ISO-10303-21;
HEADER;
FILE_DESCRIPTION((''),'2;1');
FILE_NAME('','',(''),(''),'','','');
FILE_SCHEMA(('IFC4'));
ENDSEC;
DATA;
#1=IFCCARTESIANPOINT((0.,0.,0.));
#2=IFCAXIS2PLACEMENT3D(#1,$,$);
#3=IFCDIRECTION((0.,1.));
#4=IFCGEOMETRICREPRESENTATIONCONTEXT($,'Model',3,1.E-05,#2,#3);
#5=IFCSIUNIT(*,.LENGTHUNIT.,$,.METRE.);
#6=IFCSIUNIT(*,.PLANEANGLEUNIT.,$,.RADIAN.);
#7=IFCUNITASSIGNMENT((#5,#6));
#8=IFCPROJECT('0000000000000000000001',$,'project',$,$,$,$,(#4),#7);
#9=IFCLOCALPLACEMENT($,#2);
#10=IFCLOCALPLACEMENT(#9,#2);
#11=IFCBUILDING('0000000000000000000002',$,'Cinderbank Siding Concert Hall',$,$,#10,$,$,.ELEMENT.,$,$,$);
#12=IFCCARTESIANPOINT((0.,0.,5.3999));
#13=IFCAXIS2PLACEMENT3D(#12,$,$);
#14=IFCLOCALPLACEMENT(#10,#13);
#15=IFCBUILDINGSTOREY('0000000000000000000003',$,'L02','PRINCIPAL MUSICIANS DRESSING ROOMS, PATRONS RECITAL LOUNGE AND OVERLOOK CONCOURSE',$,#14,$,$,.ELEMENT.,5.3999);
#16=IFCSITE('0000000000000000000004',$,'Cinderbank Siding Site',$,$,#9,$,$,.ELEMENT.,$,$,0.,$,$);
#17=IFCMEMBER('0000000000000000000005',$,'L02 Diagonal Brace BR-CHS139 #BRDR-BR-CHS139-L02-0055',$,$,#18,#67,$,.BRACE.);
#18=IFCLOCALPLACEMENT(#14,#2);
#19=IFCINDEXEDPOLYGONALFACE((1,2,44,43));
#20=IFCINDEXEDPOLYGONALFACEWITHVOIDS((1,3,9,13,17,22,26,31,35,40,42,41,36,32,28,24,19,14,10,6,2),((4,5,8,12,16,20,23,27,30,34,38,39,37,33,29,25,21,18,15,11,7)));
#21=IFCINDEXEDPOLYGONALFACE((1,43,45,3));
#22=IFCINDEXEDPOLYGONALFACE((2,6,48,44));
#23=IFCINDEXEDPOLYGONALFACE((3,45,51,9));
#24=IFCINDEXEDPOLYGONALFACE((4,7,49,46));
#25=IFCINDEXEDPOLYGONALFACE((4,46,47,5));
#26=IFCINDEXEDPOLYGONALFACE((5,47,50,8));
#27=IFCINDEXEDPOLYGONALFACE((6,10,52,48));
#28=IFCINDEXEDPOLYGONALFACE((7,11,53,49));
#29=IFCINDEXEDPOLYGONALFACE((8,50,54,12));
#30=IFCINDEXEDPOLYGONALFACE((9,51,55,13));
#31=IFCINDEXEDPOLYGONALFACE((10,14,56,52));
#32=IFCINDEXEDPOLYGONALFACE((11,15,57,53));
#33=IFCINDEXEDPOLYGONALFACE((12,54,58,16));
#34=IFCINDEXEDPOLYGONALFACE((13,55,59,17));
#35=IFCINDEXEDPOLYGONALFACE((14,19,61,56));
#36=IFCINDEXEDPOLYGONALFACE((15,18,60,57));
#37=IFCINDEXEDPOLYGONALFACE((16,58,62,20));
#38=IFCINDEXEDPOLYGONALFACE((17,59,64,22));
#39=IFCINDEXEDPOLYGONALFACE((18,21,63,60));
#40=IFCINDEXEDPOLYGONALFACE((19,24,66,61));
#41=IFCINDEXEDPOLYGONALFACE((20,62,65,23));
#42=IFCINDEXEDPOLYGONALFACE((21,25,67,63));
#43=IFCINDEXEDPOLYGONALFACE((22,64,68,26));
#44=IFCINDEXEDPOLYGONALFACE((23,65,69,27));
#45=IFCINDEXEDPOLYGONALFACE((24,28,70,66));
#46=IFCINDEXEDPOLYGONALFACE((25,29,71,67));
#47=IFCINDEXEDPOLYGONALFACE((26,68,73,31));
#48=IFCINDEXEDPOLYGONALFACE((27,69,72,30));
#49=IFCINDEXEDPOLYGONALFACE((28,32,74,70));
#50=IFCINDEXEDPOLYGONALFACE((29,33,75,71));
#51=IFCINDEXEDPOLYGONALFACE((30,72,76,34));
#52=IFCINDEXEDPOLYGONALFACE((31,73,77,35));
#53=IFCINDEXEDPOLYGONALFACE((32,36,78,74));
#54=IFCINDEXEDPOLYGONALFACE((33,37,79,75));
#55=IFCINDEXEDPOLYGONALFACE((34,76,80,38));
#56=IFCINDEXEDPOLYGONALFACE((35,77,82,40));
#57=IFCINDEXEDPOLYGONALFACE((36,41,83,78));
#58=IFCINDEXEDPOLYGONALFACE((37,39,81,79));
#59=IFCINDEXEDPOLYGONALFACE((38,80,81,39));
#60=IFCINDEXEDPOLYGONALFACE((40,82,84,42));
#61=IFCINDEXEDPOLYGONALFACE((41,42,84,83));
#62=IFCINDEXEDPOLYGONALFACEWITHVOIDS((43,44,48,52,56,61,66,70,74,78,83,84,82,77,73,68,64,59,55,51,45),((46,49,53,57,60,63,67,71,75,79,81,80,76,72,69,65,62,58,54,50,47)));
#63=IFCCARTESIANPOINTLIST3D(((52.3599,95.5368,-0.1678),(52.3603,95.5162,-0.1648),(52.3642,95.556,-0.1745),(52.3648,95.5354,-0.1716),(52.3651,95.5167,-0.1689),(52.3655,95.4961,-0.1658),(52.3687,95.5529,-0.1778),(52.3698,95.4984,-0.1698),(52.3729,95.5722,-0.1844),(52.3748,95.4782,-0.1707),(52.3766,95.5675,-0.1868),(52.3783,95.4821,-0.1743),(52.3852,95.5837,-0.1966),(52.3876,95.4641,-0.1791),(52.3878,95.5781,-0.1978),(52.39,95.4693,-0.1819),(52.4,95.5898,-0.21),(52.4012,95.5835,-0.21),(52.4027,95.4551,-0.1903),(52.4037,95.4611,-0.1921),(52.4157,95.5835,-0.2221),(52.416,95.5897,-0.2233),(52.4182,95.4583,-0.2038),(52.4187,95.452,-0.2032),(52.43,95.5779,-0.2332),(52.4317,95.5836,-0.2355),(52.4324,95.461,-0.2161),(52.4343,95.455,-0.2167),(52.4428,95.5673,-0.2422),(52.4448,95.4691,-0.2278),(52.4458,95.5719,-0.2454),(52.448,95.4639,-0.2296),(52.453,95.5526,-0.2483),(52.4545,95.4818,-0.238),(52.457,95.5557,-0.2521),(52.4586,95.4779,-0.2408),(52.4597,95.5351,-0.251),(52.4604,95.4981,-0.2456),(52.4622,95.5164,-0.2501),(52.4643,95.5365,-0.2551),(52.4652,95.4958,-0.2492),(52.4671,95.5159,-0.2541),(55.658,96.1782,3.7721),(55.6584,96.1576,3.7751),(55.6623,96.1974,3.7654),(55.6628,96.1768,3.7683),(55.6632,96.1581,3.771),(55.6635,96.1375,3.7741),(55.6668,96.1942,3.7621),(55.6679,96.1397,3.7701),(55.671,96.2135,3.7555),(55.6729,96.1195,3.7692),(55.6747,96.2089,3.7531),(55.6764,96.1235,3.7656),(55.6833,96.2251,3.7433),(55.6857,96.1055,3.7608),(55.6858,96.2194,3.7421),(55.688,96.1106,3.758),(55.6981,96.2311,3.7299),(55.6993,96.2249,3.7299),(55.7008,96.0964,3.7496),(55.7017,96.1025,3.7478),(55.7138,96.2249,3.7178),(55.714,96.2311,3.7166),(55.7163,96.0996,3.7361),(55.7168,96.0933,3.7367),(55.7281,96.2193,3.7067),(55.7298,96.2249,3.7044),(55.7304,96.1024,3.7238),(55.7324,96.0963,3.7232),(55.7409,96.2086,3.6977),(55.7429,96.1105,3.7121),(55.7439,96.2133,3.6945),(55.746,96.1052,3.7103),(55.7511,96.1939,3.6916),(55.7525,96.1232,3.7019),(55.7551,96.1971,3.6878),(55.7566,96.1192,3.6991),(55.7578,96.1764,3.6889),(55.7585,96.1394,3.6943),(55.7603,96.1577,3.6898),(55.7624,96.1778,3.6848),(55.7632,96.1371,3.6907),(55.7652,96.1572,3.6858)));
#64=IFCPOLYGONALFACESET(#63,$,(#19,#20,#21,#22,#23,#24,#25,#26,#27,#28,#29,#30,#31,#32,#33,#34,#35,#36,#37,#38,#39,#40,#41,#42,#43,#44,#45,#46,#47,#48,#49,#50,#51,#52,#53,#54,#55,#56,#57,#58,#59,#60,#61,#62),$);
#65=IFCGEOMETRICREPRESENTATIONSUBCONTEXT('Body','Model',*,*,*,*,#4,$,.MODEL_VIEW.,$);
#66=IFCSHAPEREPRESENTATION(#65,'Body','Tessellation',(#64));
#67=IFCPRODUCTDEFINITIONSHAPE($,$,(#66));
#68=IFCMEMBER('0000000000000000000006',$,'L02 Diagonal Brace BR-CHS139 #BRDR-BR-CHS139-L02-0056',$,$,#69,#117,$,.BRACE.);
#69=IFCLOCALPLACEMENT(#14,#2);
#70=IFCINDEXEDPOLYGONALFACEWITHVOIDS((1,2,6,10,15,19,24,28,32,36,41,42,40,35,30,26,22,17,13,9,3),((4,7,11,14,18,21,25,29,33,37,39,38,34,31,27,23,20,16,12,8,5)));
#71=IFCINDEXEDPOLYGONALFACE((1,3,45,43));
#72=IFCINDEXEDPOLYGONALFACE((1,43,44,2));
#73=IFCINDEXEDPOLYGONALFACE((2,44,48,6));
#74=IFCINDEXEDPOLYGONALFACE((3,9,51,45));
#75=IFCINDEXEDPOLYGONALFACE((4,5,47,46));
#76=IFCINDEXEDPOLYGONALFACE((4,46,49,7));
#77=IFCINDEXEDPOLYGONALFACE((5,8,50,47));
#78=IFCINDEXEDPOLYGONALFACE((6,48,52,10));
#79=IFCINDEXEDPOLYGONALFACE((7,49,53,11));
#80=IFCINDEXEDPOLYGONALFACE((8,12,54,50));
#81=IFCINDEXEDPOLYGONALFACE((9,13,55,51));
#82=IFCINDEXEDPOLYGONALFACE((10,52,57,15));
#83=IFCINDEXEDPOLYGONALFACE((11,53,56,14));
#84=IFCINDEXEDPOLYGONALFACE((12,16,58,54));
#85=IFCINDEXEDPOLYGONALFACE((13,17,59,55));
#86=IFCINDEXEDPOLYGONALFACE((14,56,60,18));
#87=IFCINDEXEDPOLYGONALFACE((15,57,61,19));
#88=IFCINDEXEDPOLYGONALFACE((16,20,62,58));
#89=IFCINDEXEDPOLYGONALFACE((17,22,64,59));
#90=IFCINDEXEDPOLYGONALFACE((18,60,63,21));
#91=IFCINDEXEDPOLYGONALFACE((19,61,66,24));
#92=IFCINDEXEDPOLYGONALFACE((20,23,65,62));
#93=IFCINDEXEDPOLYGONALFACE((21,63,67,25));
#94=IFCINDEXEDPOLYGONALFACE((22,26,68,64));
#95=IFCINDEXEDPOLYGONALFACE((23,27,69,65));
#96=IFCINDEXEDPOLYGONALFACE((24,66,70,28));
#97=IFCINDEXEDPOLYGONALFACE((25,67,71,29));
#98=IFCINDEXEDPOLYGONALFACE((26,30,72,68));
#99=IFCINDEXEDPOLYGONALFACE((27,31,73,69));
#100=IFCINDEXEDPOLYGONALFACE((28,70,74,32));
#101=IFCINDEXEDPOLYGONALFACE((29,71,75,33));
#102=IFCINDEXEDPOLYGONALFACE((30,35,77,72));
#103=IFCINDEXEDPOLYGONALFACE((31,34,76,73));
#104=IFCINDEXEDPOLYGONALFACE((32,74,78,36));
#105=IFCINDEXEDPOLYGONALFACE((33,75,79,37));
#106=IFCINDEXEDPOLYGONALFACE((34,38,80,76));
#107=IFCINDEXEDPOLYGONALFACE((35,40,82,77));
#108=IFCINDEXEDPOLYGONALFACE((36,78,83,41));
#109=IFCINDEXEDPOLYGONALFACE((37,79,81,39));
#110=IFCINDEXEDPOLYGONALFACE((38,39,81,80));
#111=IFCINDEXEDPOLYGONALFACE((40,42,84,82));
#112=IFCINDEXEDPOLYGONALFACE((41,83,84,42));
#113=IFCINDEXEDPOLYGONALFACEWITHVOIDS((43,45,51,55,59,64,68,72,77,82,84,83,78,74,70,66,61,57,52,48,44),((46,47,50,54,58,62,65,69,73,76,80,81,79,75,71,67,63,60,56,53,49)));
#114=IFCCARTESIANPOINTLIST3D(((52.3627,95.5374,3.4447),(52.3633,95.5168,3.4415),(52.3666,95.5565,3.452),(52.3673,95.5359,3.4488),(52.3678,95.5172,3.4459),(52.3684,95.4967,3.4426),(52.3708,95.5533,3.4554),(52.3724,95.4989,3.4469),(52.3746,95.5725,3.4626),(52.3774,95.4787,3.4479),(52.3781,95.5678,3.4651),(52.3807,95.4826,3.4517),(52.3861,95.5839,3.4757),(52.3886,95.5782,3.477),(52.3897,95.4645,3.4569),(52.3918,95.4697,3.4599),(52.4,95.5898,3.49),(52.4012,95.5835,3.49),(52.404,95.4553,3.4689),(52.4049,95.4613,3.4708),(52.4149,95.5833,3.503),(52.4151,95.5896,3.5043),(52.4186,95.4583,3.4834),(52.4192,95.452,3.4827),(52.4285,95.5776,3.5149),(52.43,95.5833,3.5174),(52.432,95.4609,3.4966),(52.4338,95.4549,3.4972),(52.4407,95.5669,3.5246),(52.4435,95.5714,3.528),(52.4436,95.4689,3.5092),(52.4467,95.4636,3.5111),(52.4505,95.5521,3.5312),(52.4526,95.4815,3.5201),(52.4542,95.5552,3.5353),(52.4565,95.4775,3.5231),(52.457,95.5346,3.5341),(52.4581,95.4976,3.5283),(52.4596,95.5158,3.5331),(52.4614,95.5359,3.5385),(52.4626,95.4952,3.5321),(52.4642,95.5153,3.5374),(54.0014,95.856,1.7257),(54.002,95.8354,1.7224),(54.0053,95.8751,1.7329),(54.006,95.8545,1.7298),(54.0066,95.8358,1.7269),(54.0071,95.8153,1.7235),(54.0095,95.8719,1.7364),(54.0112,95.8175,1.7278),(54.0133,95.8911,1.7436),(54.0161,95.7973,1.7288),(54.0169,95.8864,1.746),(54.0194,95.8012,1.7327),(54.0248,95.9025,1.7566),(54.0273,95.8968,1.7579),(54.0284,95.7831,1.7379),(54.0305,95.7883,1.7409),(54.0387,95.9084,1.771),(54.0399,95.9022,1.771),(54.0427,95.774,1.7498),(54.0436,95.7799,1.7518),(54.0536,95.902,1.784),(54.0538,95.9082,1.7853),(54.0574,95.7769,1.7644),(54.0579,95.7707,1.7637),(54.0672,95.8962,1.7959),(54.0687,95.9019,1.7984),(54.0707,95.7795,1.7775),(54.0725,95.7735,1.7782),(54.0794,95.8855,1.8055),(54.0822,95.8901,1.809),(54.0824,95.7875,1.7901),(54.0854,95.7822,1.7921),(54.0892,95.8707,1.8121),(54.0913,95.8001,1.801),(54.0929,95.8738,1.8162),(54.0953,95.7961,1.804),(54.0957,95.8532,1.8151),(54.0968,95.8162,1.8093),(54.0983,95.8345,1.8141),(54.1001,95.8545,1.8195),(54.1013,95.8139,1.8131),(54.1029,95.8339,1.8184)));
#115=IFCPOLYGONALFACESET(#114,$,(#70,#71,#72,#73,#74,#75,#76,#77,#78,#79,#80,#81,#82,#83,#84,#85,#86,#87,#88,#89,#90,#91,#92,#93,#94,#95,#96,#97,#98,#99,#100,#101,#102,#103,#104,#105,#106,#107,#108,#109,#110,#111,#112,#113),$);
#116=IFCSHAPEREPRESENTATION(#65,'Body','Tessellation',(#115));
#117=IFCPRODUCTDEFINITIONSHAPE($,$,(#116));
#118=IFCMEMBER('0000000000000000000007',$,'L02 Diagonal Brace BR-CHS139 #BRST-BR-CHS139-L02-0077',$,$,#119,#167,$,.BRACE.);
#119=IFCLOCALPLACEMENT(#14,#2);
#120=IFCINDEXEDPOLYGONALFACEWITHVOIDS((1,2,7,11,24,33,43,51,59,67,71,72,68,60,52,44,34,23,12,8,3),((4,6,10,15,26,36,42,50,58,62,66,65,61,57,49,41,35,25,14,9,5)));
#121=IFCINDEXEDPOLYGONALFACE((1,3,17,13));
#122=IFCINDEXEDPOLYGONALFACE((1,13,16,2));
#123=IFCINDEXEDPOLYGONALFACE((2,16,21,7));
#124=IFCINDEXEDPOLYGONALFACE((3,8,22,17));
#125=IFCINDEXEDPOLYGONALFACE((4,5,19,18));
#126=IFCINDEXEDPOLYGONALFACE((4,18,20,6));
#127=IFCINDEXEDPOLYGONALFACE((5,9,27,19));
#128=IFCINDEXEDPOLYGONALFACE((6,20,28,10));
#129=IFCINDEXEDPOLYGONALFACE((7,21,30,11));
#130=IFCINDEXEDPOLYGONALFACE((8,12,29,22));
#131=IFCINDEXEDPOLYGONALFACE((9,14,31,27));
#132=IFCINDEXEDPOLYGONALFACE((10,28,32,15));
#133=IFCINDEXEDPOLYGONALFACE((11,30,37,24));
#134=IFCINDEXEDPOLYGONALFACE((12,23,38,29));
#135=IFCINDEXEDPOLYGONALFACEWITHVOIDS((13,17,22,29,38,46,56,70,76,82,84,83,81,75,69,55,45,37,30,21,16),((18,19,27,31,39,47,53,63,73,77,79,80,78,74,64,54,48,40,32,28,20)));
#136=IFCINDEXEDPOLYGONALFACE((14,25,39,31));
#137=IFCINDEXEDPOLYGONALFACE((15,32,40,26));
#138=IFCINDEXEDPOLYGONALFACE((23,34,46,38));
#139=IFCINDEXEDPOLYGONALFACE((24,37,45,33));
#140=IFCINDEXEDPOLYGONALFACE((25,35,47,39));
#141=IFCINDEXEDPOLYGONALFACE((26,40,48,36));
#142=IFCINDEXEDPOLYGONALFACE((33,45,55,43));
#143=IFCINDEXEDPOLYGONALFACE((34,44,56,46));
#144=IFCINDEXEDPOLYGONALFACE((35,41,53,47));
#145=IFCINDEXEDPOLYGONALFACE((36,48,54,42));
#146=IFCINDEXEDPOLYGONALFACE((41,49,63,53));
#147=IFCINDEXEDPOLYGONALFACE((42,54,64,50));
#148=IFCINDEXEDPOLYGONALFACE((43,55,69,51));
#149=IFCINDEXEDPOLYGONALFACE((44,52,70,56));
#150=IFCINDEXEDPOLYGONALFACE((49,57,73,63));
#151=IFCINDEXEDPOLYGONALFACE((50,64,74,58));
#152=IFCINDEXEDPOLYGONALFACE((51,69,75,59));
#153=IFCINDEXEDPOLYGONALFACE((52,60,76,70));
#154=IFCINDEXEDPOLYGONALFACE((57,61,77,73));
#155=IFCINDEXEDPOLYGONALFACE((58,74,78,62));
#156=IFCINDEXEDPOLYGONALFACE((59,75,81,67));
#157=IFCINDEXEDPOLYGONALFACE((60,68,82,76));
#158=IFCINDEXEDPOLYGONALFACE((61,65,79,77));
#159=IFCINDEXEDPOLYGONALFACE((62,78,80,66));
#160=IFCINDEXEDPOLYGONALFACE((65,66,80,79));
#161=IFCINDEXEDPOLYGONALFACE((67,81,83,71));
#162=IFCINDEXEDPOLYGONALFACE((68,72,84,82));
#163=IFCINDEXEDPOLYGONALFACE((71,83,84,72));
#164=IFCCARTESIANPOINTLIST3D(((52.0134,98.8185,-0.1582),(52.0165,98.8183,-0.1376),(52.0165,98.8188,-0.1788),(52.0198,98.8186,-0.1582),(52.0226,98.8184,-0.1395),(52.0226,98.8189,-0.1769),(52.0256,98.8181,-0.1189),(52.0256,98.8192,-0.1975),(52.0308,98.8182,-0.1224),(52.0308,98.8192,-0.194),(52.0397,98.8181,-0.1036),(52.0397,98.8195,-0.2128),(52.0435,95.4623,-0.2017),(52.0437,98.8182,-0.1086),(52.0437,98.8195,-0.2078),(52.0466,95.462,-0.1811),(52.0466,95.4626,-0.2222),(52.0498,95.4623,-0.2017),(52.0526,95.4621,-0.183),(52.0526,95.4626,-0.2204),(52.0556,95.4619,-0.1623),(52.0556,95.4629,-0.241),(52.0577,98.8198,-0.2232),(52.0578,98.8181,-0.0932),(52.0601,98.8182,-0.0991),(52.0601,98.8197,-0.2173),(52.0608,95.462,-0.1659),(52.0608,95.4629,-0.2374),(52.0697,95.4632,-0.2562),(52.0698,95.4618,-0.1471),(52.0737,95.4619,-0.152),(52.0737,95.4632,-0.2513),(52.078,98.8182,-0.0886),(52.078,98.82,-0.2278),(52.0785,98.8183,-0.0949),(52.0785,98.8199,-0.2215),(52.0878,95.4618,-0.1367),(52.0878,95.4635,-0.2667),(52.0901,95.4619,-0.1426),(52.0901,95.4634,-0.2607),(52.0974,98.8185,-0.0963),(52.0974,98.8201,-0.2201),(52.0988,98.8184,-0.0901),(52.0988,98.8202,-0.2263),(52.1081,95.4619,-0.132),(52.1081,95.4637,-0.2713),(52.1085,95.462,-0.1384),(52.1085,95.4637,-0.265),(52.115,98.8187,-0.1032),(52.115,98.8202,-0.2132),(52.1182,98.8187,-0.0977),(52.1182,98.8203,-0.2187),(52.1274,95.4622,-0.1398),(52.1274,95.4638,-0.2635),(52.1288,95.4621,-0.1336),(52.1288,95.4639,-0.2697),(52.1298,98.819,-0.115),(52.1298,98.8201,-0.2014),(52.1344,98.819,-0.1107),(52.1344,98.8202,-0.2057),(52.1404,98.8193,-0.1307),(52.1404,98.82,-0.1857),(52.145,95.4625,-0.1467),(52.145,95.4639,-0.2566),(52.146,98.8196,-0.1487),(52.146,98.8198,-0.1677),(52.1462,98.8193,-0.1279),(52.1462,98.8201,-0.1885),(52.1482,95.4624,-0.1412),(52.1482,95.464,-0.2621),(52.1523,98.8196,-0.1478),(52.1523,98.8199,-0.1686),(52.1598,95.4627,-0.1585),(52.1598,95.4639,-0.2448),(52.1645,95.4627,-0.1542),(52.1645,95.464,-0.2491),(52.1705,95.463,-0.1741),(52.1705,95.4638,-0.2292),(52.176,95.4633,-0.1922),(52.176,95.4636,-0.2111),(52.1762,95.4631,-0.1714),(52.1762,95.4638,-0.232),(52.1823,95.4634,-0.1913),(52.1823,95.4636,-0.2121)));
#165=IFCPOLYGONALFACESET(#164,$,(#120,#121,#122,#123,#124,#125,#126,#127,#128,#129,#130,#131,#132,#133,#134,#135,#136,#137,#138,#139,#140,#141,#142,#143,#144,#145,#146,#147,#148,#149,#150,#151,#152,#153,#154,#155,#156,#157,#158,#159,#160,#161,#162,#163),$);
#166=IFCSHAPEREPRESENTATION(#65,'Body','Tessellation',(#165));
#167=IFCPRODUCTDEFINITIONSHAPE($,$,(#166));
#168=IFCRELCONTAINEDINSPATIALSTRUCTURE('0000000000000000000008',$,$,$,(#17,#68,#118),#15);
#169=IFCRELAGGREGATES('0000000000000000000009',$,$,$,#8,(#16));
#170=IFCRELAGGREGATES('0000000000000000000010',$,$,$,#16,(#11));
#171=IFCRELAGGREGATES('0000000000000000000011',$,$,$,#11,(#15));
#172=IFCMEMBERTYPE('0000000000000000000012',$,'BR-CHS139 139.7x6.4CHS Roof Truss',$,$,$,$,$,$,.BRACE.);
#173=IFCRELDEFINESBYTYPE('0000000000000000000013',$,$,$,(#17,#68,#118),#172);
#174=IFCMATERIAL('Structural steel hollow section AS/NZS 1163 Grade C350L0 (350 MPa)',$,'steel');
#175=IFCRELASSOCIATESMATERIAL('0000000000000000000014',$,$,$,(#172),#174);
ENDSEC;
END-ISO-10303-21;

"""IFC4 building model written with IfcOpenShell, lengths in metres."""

from ifc_helpers import new_model, si_unit, direction, frame, origin, origin_2d, place, context, subcontext, project, spatial, hollow_circle, extrude, material, material_profile, profile_set, type_object, element, save


model = new_model("IFC4")

# Units and contexts
model_context = context("Model", 3, precision=1e-05, world=origin(), true_north=direction((0.0, 1.0)))
body_context = subcontext(model_context, "Body", "Model", "MODEL_VIEW")
ifc_project = project(units=[si_unit("LENGTHUNIT", "METRE"), si_unit("PLANEANGLEUNIT", "RADIAN")], contexts=[model_context])

# Site, building, storey
site_placement = place(None, origin())
site = spatial("IfcSite", under=ifc_project, at=site_placement, Name="Cinderbank Siding Site", CompositionType="ELEMENT", RefElevation=0.0)
building_placement = place(site_placement, origin())
building = spatial("IfcBuilding", under=site, at=building_placement, Name="Cinderbank Siding Concert Hall", CompositionType="ELEMENT")
storey_placement = place(building_placement, frame((0.0, 0.0, 5.3999)))
storey = spatial("IfcBuildingStorey", under=building, at=storey_placement, Name="L02", Description="PRINCIPAL MUSICIANS DRESSING ROOMS, PATRONS RECITAL LOUNGE AND OVERLOOK CONCOURSE", CompositionType="ELEMENT", Elevation=5.3999)

# Members
ifc_material_1 = material(Name="Structural steel hollow section AS/NZS 1163 Grade C350L0 (350 MPa)", Category="steel")
ifc_material_profile_1 = material_profile(ifc_material_1, hollow_circle(Radius=0.0698, WallThickness=0.0063, at=origin_2d()), Name="139.7x6.4CHS", Category="LoadBearing")
ifc_profile_set_1 = profile_set([ifc_material_profile_1], Name="Structural steel hollow section AS/NZS 1163 Grade C350L0 (350 MPa)")
member_type_1 = type_object("IfcMemberType", Name="BR-CHS139 139.7x6.4CHS Roof Truss", PredefinedType="BRACE", material=ifc_profile_set_1)
member_1_placement = place(storey_placement, frame((52.4133, 95.5212, -0.21), z_axis=(0.636941, 0.123861, 0.760897), x_axis=(-0.190887, 0.981612, 0.0)))
element("IfcMember", 1, at=member_1_placement, inside=storey, type_object=member_type_1, Name="L02 Diagonal Brace BR-CHS139 #BRDR-BR-CHS139-L02-0055", PredefinedType="BRACE", context=body_context, shape_type="SweptSolid", body=[
    extrude(hollow_circle(Radius=0.0698, WallThickness=0.0063, at=origin_2d()), origin(), (0.0, 0.0, 1.0), 5.178),
])
member_2_placement = place(storey_placement, frame((52.4133, 95.5212, 3.49), z_axis=(0.683867, 0.132963, -0.717388), x_axis=(-0.190854, 0.981618, 0.0)))
element("IfcMember", 2, at=member_2_placement, inside=storey, type_object=member_type_1, Name="L02 Diagonal Brace BR-CHS139 #BRDR-BR-CHS139-L02-0056", PredefinedType="BRACE", context=body_context, shape_type="SweptSolid", body=[
    extrude(hollow_circle(Radius=0.0698, WallThickness=0.0063, at=origin_2d()), origin(), (0.0, 0.0, 1.0), 2.3962),
])
member_3_placement = place(storey_placement, frame((52.1133, 95.4629, -0.2017), z_axis=(-0.008946, 0.999876, 0.012947), x_axis=(-0.99996, -0.008947, 0.0)))
element("IfcMember", 3, at=member_3_placement, inside=storey, type_object=member_type_1, Name="L02 Diagonal Brace BR-CHS139 #BRST-BR-CHS139-L02-0077", PredefinedType="BRACE", context=body_context, shape_type="SweptSolid", body=[
    extrude(hollow_circle(Radius=0.0698, WallThickness=0.0063, at=origin_2d()), origin(), (0.0, 0.0, 1.0), 3.3567),
])

save(model, "model.ifc")
